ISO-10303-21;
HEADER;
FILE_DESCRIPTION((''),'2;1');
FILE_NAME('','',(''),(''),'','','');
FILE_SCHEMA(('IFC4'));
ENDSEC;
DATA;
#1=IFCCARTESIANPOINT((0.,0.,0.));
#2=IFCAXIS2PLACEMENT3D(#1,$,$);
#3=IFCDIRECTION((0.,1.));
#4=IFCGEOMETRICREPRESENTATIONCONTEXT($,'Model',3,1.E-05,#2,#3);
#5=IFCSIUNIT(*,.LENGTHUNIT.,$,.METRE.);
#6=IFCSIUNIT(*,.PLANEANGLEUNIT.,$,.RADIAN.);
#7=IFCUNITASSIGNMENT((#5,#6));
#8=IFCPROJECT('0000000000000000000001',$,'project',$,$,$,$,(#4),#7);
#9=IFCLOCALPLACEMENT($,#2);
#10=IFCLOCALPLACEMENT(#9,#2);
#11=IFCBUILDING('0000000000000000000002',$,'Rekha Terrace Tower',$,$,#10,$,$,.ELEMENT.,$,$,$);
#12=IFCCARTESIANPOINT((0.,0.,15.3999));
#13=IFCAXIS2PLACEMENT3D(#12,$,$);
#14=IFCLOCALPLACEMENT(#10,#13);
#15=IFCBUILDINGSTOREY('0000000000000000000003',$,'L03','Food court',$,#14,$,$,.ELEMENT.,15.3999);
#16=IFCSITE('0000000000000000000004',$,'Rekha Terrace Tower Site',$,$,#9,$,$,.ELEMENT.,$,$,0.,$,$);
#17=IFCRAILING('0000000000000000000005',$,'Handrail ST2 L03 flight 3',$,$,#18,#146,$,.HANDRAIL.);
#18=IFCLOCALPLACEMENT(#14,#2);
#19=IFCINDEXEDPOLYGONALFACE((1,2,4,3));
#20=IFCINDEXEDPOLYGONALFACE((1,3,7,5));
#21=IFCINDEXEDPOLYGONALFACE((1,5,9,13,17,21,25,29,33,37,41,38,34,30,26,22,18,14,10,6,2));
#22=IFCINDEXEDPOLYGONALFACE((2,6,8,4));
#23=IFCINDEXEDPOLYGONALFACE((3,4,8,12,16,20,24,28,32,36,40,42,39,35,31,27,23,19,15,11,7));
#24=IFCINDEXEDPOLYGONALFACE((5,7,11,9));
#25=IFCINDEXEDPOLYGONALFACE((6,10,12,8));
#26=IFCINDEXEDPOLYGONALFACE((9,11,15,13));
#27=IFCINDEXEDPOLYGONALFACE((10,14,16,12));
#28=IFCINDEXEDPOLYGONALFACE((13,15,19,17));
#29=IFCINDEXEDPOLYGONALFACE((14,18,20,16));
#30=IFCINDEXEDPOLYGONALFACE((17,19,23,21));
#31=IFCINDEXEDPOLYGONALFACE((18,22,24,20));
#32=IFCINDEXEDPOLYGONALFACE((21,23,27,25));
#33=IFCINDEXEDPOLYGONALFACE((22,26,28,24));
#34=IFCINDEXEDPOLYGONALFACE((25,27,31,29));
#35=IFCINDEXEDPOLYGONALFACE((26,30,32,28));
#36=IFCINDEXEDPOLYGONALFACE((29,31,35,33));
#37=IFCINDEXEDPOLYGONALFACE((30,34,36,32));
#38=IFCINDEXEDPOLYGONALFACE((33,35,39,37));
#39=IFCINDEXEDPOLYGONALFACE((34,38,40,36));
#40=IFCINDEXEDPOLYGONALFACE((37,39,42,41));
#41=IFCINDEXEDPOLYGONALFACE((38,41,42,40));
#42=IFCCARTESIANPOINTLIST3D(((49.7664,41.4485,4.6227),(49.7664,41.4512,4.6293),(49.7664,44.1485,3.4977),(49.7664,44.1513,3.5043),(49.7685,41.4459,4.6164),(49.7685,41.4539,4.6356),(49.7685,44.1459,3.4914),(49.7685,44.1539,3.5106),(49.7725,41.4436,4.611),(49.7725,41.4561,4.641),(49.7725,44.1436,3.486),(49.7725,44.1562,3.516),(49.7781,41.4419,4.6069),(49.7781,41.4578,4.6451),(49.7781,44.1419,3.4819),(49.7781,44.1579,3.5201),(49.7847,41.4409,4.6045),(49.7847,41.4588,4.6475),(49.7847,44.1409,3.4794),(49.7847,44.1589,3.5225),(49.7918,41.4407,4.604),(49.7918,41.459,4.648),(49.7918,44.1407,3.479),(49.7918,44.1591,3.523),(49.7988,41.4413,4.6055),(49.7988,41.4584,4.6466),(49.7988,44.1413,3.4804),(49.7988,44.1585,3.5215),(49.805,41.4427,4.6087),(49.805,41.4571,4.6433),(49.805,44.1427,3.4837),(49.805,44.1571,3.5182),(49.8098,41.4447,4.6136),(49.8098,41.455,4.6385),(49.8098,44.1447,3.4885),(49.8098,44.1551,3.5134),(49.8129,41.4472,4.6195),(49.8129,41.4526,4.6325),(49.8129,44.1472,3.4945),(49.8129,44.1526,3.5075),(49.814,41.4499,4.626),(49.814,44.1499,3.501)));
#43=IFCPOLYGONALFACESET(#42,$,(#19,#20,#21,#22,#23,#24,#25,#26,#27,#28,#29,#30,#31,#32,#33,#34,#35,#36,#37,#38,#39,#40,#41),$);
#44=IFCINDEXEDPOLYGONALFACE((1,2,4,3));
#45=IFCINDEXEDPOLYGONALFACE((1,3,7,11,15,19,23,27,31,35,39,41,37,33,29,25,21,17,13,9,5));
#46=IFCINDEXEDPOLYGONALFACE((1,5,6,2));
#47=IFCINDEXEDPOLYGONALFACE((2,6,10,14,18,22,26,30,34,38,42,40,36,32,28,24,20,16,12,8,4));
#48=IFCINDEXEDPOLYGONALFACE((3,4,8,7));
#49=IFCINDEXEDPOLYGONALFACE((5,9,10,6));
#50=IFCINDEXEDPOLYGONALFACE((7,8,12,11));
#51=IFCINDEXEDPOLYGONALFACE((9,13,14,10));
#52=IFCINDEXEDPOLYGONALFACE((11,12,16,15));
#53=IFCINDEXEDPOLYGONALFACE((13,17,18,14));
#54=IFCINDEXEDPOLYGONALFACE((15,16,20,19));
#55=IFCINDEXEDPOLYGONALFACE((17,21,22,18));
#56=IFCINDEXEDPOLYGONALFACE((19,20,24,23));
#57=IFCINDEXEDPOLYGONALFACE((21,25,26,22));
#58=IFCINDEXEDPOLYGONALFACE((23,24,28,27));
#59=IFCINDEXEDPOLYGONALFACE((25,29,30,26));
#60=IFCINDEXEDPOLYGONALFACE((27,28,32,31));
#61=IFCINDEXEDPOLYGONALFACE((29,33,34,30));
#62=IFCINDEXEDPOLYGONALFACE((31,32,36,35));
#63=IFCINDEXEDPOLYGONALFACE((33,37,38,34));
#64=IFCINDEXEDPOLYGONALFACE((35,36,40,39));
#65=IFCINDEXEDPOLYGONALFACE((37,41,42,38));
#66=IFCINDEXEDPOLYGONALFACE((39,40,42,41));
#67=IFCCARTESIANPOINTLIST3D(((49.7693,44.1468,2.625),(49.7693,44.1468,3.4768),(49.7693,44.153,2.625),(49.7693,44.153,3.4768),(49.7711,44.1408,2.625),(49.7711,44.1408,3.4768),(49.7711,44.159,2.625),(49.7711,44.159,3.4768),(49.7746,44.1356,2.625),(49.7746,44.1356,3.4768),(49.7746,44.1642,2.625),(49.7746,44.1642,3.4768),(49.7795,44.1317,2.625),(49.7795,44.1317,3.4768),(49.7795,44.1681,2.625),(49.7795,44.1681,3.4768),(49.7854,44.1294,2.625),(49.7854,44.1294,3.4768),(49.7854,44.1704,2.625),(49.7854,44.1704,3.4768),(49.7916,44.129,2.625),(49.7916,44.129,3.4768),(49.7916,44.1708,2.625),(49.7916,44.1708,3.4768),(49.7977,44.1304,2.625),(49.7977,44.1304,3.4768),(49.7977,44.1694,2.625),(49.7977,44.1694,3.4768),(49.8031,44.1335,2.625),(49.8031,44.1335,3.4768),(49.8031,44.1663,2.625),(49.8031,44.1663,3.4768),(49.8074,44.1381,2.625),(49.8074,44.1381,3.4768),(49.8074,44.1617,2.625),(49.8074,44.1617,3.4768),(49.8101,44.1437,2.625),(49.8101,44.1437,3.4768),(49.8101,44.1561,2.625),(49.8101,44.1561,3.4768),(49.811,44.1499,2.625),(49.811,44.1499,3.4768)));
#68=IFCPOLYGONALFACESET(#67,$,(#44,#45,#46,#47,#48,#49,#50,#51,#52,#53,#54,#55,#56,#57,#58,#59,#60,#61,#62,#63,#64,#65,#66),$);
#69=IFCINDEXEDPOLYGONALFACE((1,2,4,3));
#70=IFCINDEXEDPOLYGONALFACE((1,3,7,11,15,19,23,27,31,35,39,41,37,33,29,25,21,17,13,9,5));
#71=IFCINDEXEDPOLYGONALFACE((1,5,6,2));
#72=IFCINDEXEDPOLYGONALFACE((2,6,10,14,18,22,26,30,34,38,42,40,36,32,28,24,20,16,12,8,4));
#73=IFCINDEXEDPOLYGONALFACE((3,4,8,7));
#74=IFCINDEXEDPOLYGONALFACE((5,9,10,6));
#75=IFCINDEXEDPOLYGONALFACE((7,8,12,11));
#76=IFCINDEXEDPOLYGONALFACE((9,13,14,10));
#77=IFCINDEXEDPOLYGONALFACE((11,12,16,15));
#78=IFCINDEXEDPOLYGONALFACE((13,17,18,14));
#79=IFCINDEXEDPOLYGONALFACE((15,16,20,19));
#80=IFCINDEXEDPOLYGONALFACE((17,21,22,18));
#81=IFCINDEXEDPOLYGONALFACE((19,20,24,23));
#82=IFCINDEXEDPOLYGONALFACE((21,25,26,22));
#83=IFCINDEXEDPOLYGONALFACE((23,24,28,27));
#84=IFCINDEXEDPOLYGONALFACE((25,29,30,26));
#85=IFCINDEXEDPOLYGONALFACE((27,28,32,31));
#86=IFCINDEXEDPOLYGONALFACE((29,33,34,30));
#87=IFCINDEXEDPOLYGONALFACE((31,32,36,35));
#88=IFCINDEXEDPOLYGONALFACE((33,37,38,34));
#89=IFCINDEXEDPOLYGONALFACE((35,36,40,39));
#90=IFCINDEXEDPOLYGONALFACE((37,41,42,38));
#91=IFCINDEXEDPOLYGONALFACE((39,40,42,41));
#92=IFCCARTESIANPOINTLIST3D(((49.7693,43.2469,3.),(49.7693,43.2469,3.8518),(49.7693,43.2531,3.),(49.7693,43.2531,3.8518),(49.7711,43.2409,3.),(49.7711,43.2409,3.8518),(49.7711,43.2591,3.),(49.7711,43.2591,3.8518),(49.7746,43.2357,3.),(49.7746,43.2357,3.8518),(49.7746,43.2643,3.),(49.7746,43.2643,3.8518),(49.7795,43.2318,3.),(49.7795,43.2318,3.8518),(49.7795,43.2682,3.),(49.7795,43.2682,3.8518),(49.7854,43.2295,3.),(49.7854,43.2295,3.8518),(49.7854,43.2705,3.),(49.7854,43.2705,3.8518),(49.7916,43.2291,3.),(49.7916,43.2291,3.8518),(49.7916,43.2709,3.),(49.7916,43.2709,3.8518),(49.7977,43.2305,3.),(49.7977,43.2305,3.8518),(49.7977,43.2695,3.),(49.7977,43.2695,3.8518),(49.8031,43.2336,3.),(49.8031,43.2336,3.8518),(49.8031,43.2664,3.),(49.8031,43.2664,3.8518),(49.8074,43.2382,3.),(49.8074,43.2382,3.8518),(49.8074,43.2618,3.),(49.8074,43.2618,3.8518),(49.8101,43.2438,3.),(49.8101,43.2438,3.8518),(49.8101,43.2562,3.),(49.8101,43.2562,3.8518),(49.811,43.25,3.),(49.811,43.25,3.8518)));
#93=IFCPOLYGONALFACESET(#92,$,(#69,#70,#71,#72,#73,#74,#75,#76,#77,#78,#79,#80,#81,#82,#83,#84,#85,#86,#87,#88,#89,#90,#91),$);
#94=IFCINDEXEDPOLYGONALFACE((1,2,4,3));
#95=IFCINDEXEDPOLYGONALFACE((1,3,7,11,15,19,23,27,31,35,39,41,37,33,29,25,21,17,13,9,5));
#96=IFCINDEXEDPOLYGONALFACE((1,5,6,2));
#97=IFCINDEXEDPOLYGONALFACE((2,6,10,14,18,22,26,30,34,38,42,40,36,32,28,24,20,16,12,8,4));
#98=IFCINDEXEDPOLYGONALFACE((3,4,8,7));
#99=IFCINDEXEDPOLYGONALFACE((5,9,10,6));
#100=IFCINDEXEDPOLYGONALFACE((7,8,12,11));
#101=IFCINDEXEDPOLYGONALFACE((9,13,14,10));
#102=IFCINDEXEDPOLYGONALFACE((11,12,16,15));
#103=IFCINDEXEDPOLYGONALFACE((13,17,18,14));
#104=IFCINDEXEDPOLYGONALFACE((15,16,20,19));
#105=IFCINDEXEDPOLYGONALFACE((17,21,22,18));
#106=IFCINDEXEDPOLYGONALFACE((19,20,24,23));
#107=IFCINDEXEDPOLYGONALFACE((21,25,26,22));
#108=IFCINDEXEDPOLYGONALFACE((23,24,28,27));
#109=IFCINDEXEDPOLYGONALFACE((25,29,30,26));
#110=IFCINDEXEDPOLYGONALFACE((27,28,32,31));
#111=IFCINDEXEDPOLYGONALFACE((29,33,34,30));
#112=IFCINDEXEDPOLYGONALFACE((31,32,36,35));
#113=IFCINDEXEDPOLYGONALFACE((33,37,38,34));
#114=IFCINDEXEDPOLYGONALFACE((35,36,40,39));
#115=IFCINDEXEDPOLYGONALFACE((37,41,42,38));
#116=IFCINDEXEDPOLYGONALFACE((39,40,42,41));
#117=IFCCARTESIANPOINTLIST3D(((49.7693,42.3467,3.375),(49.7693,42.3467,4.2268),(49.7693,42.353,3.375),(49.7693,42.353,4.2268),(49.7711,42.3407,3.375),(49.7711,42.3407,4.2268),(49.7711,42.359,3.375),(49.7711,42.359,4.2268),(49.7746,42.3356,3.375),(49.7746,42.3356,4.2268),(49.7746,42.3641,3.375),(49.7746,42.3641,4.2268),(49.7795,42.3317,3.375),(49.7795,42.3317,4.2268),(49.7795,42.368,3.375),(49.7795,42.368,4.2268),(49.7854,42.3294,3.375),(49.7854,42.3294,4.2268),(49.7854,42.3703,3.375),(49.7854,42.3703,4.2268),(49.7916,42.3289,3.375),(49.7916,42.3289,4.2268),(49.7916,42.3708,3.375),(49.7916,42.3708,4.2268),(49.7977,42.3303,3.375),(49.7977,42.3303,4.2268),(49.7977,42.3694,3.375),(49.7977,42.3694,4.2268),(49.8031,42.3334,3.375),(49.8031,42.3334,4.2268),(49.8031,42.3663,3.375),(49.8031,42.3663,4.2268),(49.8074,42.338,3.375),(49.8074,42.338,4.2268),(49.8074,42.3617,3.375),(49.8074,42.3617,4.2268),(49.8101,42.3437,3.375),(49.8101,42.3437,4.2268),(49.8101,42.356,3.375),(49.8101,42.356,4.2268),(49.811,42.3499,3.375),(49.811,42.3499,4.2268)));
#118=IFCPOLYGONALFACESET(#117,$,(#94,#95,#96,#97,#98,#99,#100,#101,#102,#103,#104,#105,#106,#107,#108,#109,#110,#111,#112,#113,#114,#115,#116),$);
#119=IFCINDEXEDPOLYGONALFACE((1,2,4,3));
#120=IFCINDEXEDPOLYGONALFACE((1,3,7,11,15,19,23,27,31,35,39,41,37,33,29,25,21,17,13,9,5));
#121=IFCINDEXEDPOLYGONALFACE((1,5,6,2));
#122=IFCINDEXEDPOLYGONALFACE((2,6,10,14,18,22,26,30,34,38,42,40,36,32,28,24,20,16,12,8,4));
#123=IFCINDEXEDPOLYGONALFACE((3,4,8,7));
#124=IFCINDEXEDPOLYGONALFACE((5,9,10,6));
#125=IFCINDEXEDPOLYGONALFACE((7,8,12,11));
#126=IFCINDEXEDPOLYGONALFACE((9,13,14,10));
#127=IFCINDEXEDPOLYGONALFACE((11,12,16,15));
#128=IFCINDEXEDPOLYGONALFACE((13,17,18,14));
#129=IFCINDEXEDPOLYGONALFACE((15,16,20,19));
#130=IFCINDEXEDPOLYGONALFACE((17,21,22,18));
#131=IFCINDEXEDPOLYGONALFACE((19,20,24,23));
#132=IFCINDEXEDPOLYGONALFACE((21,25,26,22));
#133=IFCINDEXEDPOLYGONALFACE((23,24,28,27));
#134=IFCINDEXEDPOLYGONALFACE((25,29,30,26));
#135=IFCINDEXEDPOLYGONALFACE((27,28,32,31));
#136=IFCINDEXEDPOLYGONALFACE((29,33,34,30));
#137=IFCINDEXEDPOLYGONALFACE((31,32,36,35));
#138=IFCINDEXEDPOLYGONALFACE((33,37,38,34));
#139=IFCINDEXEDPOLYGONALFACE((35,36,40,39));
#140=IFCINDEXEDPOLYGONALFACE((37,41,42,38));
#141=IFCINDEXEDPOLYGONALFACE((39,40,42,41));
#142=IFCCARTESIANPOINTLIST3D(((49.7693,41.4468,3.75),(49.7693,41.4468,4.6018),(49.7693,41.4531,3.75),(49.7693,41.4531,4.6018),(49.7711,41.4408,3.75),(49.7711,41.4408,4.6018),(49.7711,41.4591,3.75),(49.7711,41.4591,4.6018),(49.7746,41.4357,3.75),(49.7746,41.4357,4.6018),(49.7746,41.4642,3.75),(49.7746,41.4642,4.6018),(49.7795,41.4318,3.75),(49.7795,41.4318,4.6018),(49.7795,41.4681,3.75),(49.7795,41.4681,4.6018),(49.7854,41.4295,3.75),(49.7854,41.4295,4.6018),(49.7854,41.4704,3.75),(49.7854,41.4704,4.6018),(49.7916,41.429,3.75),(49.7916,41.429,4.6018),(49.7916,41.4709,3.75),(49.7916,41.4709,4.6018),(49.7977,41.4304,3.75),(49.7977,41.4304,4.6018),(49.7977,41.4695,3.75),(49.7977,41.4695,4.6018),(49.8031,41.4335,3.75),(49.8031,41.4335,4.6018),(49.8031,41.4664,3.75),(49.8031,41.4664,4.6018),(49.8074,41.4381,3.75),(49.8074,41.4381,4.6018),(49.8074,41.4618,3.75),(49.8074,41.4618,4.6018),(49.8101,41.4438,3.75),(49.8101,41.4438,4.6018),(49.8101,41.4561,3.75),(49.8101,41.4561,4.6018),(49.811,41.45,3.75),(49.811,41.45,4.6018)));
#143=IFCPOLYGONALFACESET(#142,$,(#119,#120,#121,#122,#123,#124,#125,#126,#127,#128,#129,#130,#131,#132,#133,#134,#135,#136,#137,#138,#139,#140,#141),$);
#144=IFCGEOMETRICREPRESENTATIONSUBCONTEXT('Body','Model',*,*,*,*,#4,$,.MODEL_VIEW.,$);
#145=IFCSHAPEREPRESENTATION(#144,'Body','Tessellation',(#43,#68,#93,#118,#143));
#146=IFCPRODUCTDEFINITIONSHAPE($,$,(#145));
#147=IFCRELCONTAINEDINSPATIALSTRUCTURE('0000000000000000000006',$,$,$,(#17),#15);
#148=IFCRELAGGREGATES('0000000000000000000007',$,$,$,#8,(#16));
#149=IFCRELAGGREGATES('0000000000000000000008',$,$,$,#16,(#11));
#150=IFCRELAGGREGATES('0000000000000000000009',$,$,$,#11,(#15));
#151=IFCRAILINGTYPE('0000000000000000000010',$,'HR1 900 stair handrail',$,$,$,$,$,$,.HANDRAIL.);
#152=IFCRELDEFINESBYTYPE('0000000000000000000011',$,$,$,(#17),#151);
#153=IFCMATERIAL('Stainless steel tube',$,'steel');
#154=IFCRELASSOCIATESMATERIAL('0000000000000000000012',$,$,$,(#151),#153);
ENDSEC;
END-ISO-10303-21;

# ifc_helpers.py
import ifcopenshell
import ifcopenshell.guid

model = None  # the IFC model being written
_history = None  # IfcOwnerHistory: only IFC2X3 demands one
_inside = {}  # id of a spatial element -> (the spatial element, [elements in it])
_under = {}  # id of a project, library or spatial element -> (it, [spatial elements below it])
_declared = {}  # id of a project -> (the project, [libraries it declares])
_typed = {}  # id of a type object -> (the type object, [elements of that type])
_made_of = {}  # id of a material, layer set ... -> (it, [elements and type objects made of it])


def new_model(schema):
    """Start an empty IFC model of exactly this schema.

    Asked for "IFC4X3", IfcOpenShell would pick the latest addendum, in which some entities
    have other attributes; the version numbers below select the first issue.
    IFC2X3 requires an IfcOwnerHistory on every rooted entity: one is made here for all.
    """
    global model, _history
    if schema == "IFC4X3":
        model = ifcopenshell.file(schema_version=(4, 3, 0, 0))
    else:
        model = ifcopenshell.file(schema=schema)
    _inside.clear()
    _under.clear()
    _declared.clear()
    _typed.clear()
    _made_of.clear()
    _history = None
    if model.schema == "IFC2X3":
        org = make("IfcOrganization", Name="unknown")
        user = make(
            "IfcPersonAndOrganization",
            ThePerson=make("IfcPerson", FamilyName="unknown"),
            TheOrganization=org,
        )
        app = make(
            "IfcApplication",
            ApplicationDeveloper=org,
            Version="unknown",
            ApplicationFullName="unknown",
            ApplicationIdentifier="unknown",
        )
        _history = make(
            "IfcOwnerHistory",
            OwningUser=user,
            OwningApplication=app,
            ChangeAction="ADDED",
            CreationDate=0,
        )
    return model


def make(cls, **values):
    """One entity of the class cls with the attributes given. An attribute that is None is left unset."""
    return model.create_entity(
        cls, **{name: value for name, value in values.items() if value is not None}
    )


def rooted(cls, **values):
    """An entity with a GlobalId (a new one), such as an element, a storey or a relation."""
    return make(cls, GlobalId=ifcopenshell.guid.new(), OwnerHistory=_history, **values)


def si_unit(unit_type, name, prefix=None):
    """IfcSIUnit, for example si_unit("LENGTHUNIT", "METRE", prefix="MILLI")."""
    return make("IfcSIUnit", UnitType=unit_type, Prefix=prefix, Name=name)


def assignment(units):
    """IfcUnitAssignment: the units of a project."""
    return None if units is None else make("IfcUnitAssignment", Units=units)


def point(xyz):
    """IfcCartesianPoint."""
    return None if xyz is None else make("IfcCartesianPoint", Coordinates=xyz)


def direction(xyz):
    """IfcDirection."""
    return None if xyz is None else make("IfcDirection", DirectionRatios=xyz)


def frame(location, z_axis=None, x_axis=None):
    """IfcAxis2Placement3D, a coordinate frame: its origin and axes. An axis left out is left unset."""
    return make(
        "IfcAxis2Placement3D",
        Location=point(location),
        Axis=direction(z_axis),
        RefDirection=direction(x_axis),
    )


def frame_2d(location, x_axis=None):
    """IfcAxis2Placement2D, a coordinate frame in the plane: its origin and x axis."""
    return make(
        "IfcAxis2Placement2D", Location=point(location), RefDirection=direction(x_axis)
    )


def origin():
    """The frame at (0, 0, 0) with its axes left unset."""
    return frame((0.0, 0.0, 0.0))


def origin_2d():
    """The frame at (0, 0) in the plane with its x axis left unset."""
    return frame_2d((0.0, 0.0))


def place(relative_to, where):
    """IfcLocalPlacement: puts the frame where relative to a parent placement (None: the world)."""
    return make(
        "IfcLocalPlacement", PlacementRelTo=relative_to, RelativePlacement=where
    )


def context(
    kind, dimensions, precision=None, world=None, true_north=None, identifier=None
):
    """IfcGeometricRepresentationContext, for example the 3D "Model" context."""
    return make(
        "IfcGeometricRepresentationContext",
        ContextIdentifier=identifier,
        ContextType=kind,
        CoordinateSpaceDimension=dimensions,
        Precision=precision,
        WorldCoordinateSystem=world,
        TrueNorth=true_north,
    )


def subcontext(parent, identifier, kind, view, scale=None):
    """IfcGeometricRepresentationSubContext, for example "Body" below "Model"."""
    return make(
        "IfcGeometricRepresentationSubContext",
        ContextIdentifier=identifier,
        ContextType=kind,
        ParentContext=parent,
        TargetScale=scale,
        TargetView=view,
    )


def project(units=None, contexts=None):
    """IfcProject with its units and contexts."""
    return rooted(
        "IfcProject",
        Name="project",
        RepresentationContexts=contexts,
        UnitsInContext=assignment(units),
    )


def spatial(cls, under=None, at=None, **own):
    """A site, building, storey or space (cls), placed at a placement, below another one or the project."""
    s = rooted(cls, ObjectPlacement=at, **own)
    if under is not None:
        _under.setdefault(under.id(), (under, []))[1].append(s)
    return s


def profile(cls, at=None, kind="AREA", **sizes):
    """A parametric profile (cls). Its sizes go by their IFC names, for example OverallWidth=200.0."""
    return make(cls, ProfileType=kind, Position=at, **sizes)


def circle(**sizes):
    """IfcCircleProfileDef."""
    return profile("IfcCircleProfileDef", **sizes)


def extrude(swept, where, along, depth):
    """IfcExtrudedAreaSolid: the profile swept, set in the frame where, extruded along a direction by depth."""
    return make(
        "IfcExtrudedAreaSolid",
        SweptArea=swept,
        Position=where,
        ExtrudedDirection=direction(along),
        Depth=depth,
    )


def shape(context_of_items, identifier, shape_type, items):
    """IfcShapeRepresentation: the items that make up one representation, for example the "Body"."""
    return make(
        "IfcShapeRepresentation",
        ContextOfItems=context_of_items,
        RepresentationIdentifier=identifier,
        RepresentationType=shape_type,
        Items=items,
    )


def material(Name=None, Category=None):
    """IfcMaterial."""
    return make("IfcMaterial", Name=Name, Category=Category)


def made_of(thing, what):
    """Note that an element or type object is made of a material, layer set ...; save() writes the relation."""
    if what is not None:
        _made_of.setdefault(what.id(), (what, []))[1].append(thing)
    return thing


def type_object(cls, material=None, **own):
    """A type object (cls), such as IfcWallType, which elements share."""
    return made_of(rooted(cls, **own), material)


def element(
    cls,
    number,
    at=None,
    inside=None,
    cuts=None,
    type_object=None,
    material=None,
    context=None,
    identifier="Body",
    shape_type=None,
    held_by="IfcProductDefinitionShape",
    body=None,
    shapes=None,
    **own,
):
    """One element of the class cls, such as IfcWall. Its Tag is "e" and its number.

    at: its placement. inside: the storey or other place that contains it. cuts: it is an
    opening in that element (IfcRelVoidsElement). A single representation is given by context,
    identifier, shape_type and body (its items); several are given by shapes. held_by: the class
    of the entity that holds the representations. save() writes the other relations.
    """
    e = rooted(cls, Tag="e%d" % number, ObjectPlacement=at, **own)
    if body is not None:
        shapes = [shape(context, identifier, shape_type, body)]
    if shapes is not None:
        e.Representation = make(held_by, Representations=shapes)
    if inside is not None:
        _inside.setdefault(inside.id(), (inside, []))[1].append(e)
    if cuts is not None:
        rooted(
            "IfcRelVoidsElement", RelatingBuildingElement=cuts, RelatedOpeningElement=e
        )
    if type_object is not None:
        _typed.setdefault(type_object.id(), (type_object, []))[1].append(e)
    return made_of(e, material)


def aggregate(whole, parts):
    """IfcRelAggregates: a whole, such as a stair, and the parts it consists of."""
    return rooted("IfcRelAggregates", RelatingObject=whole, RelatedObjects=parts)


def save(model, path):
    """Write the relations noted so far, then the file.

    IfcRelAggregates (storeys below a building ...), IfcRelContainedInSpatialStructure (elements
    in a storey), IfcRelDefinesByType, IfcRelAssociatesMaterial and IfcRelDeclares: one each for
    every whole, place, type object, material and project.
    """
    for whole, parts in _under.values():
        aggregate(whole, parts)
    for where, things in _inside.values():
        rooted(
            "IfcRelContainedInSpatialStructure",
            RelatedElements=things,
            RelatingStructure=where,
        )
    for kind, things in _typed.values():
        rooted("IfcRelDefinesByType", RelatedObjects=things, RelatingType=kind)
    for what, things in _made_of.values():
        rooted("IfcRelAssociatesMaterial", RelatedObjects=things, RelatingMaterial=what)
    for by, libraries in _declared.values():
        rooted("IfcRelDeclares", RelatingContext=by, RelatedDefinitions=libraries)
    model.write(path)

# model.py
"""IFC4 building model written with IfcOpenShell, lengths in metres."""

from ifc_helpers import new_model, si_unit, direction, frame, origin, origin_2d, place, context, subcontext, project, spatial, circle, extrude, material, type_object, element, save


model = new_model("IFC4")

# Units and contexts
model_context = context("Model", 3, precision=1e-05, world=origin(), true_north=direction((0.0, 1.0)))
body_context = subcontext(model_context, "Body", "Model", "MODEL_VIEW")
ifc_project = project(units=[si_unit("LENGTHUNIT", "METRE"), si_unit("PLANEANGLEUNIT", "RADIAN")], contexts=[model_context])

# Site, building, storey
site_placement = place(None, origin())
site = spatial("IfcSite", under=ifc_project, at=site_placement, Name="Rekha Terrace Tower Site", CompositionType="ELEMENT", RefElevation=0.0)
building_placement = place(site_placement, origin())
building = spatial("IfcBuilding", under=site, at=building_placement, Name="Rekha Terrace Tower", CompositionType="ELEMENT")
storey_placement = place(building_placement, frame((0.0, 0.0, 15.3999)))
storey = spatial("IfcBuildingStorey", under=building, at=storey_placement, Name="L03", Description="Food court", CompositionType="ELEMENT", Elevation=15.3999)

# Railing
ifc_material_1 = material(Name="Stainless steel tube", Category="steel")
railing_type_1 = type_object("IfcRailingType", Name="HR1 900 stair handrail", PredefinedType="HANDRAIL", material=ifc_material_1)
railing_1_placement = place(storey_placement, frame((49.79, 44.1499, 2.625)))
element("IfcRailing", 1, at=railing_1_placement, inside=storey, type_object=railing_type_1, Name="Handrail ST2 L03 flight 3", PredefinedType="HANDRAIL", context=body_context, shape_type="SweptSolid", body=[
    extrude(circle(Radius=0.0239, at=origin_2d()), frame((0.0, 0.0, 0.876), z_axis=(0.0, -0.923074, 0.384621), x_axis=(1.0, 0.0, 0.0)), (0.0, 0.0, 1.0), 2.925),
    extrude(circle(Radius=0.021, at=origin_2d()), origin(), (0.0, 0.0, 1.0), 0.8518),
    extrude(circle(Radius=0.021, at=origin_2d()), frame((0.0, -0.8999, 0.375)), (0.0, 0.0, 1.0), 0.8518),
    extrude(circle(Radius=0.021, at=origin_2d()), frame((0.0, -1.8, 0.75)), (0.0, 0.0, 1.0), 0.8518),
    extrude(circle(Radius=0.021, at=origin_2d()), frame((0.0, -2.7, 1.125)), (0.0, 0.0, 1.0), 0.8518),
])

save(model, "model.ifc")
